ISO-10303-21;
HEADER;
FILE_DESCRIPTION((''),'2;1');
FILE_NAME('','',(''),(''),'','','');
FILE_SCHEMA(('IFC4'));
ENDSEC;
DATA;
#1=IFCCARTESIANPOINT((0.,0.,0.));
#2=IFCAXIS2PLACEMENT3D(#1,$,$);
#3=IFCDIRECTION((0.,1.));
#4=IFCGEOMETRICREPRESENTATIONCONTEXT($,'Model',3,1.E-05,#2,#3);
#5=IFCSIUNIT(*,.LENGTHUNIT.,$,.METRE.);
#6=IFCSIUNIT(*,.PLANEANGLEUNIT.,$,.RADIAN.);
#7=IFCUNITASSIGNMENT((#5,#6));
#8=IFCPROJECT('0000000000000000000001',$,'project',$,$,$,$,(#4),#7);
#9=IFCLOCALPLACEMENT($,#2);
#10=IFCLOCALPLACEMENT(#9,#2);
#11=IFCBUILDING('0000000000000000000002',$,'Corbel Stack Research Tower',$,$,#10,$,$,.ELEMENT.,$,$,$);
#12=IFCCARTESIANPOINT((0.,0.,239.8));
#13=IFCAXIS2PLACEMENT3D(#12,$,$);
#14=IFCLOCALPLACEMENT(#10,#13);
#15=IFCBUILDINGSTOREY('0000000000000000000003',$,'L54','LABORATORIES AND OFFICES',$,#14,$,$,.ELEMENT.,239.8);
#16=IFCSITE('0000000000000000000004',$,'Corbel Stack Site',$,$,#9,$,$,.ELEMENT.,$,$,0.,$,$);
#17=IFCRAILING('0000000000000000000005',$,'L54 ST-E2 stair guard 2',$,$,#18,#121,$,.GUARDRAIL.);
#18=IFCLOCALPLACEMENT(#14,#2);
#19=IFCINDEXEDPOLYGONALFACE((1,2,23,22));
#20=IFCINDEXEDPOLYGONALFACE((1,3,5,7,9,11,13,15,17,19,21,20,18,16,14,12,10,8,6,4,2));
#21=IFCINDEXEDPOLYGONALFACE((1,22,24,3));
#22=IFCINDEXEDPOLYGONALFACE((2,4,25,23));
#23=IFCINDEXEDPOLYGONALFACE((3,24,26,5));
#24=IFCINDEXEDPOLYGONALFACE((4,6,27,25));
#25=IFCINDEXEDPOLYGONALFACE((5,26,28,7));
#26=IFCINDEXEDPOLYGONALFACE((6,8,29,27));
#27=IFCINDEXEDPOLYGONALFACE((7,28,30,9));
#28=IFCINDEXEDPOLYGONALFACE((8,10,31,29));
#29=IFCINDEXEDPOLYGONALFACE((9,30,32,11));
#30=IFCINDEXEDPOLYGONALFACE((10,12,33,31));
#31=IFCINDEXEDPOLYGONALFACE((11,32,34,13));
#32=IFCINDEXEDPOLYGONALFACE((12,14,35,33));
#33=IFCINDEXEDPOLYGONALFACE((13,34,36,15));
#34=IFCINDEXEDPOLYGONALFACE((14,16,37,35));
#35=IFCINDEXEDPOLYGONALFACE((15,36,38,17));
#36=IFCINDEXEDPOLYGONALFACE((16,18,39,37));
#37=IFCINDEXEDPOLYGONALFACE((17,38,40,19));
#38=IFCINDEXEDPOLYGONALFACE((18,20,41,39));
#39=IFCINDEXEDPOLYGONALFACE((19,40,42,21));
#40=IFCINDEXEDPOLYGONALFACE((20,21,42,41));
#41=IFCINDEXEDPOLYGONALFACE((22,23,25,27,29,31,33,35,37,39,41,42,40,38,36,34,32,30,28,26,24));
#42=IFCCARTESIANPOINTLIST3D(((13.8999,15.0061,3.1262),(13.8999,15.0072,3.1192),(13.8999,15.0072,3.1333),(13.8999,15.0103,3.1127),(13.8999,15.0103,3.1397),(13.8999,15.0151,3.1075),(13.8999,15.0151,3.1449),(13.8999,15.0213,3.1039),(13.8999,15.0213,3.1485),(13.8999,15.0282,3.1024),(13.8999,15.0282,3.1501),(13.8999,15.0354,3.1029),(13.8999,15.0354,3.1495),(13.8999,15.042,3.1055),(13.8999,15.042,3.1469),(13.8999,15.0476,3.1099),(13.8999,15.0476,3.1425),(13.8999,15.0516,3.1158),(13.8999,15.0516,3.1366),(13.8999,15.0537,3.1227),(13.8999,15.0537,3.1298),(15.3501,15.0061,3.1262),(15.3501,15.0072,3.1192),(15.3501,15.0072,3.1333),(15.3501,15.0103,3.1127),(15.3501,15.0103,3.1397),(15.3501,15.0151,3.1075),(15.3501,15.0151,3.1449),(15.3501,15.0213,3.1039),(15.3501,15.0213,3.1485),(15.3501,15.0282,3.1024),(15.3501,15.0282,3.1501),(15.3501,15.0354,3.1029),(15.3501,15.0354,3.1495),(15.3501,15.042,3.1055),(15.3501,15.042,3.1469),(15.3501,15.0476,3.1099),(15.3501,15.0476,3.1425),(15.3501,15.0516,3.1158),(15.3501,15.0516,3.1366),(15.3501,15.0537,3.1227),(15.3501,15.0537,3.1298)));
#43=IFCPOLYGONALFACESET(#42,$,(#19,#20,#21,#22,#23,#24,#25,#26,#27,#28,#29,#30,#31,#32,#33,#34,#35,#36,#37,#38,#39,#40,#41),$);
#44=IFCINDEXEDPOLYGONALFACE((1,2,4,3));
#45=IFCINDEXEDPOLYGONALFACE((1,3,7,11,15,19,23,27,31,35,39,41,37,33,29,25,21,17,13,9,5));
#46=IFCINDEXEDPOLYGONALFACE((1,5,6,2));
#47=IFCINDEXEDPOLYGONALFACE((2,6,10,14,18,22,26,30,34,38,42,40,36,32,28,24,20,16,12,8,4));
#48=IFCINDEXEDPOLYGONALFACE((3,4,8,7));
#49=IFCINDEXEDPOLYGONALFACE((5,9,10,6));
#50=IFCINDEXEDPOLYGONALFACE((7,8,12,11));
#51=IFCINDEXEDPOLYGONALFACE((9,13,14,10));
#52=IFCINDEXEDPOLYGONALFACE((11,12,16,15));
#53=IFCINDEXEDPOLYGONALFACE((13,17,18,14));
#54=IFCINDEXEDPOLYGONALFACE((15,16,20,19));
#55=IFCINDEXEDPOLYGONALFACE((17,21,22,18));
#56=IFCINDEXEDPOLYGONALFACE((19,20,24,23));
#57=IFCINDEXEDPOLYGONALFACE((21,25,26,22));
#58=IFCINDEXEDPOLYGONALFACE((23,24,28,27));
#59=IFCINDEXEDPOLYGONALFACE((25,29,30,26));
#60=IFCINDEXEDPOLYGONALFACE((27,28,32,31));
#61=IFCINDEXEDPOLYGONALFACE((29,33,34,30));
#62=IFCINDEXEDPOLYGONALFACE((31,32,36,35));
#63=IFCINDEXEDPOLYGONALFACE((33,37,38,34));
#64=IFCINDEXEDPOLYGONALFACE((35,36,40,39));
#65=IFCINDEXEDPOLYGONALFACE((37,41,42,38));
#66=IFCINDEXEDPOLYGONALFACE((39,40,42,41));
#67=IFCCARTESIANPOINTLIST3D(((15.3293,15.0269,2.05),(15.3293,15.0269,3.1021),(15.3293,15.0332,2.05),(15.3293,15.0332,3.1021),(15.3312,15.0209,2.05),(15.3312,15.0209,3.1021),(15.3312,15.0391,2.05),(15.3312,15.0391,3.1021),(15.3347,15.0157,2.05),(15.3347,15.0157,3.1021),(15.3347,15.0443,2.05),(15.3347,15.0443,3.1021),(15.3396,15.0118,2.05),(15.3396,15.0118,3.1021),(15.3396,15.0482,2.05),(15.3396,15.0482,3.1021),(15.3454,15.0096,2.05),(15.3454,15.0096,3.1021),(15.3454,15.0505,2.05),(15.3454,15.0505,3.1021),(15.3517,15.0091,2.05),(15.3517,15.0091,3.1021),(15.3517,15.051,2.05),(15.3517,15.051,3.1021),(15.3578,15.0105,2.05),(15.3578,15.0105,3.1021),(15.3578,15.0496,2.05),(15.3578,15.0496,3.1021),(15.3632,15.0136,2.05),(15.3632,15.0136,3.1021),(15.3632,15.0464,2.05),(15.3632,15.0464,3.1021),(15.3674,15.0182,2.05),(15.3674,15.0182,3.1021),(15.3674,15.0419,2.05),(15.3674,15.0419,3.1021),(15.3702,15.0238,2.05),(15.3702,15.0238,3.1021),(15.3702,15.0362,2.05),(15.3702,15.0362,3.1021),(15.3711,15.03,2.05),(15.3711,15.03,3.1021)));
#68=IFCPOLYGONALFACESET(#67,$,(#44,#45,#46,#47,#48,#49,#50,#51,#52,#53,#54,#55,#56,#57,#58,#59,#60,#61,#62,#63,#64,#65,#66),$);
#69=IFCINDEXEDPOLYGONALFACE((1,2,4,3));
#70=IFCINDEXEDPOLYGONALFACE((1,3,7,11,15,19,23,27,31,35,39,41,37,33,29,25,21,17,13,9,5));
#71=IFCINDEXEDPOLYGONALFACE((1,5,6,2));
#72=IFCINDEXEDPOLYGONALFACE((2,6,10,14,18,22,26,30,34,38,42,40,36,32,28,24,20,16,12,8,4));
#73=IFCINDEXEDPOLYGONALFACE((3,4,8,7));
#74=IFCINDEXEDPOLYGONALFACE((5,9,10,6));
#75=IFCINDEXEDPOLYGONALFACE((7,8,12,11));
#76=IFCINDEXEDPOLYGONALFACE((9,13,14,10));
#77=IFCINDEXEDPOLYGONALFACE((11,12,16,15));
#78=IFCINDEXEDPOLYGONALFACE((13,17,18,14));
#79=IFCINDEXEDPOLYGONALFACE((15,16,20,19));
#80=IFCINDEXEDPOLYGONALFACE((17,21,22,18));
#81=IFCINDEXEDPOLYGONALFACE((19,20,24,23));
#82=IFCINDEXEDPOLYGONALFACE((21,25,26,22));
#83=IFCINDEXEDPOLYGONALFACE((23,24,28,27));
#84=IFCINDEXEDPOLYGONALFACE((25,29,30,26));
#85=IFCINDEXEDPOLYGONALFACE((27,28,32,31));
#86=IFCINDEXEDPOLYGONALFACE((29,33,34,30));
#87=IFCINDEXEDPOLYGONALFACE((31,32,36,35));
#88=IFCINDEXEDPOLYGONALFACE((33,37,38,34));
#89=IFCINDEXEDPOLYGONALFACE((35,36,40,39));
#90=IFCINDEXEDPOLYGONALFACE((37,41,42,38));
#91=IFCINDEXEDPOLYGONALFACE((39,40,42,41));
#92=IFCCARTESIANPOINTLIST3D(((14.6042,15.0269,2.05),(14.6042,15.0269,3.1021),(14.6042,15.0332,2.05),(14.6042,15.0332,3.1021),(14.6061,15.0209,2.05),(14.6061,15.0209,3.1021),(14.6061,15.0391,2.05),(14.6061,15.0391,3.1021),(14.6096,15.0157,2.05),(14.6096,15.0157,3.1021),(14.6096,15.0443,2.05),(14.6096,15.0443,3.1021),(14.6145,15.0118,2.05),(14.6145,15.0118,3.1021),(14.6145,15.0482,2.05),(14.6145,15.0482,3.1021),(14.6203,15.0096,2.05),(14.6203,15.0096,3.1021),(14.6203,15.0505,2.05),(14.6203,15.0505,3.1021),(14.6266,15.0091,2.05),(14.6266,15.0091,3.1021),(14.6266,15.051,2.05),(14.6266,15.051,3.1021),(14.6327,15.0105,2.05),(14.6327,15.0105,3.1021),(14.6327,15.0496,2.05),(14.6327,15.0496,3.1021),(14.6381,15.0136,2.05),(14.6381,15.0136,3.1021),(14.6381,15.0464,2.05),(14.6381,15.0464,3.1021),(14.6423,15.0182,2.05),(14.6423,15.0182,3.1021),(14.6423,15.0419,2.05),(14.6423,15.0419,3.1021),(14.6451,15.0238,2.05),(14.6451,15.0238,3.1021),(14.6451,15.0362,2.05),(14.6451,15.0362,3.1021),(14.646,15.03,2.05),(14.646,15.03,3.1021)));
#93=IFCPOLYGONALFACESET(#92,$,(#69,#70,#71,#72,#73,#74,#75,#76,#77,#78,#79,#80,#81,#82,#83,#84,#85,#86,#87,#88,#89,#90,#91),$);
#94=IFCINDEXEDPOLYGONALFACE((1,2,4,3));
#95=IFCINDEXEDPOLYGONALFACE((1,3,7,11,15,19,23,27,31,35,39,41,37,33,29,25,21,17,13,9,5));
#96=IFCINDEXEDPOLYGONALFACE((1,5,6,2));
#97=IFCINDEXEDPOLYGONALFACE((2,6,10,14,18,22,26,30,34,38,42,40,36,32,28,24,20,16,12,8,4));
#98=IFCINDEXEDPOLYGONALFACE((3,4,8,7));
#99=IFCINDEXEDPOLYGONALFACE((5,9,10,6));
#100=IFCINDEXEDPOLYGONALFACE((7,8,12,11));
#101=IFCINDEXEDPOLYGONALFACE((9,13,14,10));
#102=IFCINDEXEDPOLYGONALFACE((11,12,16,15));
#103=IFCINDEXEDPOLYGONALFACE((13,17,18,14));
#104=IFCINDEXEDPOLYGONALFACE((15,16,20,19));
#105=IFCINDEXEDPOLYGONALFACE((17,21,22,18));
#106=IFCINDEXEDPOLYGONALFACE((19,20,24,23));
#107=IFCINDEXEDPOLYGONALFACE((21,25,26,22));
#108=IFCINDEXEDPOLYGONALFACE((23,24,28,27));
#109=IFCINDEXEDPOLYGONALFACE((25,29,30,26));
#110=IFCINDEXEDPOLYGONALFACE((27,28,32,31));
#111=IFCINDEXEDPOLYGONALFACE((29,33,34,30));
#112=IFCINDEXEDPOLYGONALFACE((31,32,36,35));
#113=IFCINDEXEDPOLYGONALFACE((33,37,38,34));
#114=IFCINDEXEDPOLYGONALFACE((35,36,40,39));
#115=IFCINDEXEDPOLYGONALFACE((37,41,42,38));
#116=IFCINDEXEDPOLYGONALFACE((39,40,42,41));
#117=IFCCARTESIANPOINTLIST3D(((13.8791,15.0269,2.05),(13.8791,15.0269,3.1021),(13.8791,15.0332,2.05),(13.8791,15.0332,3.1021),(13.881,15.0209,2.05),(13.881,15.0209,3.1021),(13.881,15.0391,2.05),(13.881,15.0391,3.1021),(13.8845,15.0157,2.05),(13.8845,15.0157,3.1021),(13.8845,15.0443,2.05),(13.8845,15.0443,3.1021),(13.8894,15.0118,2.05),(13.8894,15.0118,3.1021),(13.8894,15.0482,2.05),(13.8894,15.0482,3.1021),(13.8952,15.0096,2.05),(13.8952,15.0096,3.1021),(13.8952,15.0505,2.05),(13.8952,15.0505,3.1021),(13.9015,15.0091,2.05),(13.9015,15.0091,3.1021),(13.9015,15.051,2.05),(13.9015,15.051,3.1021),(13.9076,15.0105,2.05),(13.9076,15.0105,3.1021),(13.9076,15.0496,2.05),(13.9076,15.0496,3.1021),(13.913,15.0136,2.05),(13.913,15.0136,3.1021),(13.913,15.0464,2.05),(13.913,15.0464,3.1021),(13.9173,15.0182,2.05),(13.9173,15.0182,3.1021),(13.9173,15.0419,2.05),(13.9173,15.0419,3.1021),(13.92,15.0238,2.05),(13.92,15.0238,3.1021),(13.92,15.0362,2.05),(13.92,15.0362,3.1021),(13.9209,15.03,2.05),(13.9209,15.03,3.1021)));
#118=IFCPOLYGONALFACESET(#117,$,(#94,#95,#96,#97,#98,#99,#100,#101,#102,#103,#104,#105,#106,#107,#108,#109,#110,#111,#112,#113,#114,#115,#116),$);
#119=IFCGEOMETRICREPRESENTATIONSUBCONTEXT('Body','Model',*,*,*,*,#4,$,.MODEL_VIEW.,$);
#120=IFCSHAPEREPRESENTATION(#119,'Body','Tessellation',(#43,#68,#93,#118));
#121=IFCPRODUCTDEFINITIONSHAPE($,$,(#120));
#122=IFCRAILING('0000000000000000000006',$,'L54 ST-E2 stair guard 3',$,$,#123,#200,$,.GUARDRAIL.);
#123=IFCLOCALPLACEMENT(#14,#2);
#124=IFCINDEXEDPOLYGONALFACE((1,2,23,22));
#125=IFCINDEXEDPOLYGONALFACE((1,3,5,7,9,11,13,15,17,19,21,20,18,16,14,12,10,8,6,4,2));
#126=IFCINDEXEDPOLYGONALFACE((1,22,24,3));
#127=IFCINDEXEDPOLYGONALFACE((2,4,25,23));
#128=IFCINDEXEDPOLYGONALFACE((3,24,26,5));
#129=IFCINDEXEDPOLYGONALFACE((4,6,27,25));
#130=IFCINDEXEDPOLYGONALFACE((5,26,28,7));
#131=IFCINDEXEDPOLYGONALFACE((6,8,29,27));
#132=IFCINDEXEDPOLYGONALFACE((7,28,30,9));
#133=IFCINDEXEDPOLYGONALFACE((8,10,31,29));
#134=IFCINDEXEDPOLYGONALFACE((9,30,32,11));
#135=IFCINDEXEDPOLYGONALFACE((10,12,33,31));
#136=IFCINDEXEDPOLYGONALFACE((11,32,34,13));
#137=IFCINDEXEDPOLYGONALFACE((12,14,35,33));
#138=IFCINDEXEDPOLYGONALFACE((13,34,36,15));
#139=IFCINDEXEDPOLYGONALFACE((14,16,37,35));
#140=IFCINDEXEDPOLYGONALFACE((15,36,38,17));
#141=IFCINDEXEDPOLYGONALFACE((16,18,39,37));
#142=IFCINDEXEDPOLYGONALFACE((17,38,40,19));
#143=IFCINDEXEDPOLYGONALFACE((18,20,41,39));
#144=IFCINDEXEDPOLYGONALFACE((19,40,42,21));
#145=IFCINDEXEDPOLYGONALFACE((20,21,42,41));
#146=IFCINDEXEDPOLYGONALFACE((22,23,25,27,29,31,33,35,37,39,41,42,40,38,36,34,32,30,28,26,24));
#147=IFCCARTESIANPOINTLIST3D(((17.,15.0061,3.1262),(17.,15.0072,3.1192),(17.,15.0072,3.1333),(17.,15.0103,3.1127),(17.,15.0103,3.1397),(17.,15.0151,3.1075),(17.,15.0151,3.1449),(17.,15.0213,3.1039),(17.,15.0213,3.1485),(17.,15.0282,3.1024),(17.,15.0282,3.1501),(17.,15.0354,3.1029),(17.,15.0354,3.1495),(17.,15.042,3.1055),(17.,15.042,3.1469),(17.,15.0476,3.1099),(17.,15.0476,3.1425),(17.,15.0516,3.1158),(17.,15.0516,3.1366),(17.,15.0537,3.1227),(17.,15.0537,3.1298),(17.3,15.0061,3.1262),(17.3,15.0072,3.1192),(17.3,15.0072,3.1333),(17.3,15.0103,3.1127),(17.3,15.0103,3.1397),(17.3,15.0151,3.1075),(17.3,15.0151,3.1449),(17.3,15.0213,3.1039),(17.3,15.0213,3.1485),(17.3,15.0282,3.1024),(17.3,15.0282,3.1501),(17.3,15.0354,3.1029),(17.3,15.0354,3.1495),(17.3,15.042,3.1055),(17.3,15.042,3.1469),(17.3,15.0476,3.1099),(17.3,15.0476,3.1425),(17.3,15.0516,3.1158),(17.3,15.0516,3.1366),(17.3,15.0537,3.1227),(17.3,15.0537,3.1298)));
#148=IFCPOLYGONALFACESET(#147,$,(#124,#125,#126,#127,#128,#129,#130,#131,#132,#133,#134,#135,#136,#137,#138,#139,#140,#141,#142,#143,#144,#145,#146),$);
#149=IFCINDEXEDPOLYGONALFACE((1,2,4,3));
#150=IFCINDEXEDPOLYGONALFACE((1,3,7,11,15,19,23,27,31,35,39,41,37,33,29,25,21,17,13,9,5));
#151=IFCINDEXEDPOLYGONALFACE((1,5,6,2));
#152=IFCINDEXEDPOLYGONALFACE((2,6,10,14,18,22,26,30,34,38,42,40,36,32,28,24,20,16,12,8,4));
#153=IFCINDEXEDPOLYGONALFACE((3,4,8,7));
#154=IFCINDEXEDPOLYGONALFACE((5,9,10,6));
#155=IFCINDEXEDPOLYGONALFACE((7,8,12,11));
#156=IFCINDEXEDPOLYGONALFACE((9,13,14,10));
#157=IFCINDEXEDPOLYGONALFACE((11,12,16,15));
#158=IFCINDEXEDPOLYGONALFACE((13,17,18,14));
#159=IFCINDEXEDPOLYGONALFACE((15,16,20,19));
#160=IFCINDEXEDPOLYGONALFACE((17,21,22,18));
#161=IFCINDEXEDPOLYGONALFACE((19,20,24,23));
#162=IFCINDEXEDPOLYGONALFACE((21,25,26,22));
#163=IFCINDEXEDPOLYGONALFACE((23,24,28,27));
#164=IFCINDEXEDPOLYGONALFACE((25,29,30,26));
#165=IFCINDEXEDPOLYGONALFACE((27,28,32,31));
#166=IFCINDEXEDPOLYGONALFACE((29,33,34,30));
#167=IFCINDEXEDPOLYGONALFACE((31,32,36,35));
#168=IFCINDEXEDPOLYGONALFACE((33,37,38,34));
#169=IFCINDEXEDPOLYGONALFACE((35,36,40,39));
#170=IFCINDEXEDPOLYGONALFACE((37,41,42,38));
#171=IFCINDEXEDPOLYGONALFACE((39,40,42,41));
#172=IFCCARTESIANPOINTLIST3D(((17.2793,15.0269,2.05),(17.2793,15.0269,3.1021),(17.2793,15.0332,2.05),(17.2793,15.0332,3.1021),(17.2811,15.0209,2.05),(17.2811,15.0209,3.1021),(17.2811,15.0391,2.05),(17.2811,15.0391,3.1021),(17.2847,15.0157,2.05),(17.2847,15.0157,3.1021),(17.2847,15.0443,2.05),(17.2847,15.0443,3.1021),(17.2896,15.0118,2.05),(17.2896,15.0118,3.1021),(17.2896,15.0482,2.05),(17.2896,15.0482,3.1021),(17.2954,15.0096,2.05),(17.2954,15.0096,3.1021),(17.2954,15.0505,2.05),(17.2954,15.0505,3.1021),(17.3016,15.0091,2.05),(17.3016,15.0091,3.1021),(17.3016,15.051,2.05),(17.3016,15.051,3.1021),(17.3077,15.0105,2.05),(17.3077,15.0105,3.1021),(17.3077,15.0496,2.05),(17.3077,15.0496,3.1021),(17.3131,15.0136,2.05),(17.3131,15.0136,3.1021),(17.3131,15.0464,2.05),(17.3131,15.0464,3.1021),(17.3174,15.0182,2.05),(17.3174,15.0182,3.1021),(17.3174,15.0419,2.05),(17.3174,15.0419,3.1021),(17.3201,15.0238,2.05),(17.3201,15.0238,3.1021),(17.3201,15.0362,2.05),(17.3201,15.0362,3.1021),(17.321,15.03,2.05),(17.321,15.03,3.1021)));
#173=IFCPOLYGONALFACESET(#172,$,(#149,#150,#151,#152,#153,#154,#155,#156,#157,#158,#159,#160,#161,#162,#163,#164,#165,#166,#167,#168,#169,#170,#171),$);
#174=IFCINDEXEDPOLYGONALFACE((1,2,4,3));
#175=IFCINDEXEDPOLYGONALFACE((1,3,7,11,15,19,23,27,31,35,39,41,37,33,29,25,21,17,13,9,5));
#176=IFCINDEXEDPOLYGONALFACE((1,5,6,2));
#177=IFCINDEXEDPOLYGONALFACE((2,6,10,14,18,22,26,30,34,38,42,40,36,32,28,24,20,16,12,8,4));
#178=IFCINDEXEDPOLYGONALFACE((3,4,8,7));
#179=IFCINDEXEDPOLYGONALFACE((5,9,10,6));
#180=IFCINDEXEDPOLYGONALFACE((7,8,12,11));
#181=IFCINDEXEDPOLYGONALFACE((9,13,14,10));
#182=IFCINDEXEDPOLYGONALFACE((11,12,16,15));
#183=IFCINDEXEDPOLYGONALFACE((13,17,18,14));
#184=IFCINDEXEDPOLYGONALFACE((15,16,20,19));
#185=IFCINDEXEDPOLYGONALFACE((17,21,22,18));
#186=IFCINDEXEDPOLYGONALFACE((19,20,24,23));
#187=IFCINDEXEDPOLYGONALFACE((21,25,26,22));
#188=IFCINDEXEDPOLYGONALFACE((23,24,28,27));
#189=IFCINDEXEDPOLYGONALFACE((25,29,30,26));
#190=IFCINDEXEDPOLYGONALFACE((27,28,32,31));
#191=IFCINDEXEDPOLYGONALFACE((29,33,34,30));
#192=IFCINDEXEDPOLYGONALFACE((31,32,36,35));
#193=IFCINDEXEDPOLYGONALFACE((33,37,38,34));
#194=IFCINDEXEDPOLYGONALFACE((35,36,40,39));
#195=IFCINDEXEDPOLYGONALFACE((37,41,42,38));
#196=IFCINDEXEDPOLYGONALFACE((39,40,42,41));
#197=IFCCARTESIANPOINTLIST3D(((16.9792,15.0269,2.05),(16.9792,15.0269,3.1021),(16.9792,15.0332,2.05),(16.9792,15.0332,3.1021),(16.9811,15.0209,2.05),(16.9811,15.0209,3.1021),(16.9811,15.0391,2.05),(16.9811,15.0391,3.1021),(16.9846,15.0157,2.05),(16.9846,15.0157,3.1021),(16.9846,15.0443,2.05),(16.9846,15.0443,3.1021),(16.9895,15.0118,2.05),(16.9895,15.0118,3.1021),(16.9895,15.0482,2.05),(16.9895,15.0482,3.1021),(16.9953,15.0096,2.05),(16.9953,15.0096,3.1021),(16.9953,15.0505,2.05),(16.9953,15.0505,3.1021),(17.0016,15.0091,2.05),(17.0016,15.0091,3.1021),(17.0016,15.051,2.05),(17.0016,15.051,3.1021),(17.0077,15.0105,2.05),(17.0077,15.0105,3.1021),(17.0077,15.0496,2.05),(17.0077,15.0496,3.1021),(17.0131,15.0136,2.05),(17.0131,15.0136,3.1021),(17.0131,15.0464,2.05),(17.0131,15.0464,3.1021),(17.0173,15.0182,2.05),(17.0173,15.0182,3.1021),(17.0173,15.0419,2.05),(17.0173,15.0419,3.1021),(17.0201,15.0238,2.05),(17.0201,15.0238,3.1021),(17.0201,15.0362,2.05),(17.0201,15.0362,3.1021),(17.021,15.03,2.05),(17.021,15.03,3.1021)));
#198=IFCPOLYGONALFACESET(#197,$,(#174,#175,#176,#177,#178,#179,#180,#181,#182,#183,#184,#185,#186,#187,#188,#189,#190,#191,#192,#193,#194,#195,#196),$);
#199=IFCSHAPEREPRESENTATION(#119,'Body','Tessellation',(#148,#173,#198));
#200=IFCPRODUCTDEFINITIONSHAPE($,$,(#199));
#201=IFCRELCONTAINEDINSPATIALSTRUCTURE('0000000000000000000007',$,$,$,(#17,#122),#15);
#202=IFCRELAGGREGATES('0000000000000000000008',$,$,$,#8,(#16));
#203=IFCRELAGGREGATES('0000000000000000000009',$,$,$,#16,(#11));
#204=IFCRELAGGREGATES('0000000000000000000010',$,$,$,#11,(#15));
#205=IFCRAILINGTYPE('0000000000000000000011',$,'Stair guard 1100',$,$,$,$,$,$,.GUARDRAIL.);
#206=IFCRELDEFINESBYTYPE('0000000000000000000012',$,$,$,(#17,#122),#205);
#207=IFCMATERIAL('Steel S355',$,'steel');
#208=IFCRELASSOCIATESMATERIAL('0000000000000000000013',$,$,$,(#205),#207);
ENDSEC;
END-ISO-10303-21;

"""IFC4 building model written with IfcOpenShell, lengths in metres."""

from ifc_helpers import new_model, si_unit, direction, frame, origin, origin_2d, place, context, subcontext, project, spatial, circle, extrude, material, type_object, element, save


model = new_model("IFC4")

# Units and contexts
model_context = context("Model", 3, precision=1e-05, world=origin(), true_north=direction((0.0, 1.0)))
body_context = subcontext(model_context, "Body", "Model", "MODEL_VIEW")
ifc_project = project(units=[si_unit("LENGTHUNIT", "METRE"), si_unit("PLANEANGLEUNIT", "RADIAN")], contexts=[model_context])

# Site, building, storey
site_placement = place(None, origin())
site = spatial("IfcSite", under=ifc_project, at=site_placement, Name="Corbel Stack Site", CompositionType="ELEMENT", RefElevation=0.0)
building_placement = place(site_placement, origin())
building = spatial("IfcBuilding", under=site, at=building_placement, Name="Corbel Stack Research Tower", CompositionType="ELEMENT")
storey_placement = place(building_placement, frame((0.0, 0.0, 239.8)))
storey = spatial("IfcBuildingStorey", under=building, at=storey_placement, Name="L54", Description="LABORATORIES AND OFFICES", CompositionType="ELEMENT", Elevation=239.8)

# Railings
ifc_material_1 = material(Name="Steel S355", Category="steel")
railing_type_1 = type_object("IfcRailingType", Name="Stair guard 1100", PredefinedType="GUARDRAIL", material=ifc_material_1)
railing_1_placement = place(storey_placement, frame((15.3501, 15.03, 2.05)))
element("IfcRailing", 1, at=railing_1_placement, inside=storey, type_object=railing_type_1, Name="L54 ST-E2 stair guard 2", PredefinedType="GUARDRAIL", context=body_context, shape_type="SweptSolid", body=[
    extrude(circle(Radius=0.0239, at=origin_2d()), frame((0.0, 0.0, 1.0762), z_axis=(-1.0, 0.0, 0.0), x_axis=(0.0, -1.0, 0.0)), (0.0, 0.0, 1.0), 1.4502),
    extrude(circle(Radius=0.021, at=origin_2d()), origin(), (0.0, 0.0, 1.0), 1.052),
    extrude(circle(Radius=0.021, at=origin_2d()), frame((-0.7251, 0.0, 0.0)), (0.0, 0.0, 1.0), 1.052),
    extrude(circle(Radius=0.021, at=origin_2d()), frame((-1.4502, 0.0, 0.0)), (0.0, 0.0, 1.0), 1.052),
])
railing_2_placement = place(storey_placement, frame((17.3, 15.03, 2.05)))
element("IfcRailing", 2, at=railing_2_placement, inside=storey, type_object=railing_type_1, Name="L54 ST-E2 stair guard 3", PredefinedType="GUARDRAIL", context=body_context, shape_type="SweptSolid", body=[
    extrude(circle(Radius=0.0239, at=origin_2d()), frame((0.0, 0.0, 1.0762), z_axis=(-1.0, 0.0, 0.0), x_axis=(0.0, -1.0, 0.0)), (0.0, 0.0, 1.0), 0.3),
    extrude(circle(Radius=0.021, at=origin_2d()), origin(), (0.0, 0.0, 1.0), 1.052),
    extrude(circle(Radius=0.021, at=origin_2d()), frame((-0.3, 0.0, 0.0)), (0.0, 0.0, 1.0), 1.052),
])

save(model, "model.ifc")
